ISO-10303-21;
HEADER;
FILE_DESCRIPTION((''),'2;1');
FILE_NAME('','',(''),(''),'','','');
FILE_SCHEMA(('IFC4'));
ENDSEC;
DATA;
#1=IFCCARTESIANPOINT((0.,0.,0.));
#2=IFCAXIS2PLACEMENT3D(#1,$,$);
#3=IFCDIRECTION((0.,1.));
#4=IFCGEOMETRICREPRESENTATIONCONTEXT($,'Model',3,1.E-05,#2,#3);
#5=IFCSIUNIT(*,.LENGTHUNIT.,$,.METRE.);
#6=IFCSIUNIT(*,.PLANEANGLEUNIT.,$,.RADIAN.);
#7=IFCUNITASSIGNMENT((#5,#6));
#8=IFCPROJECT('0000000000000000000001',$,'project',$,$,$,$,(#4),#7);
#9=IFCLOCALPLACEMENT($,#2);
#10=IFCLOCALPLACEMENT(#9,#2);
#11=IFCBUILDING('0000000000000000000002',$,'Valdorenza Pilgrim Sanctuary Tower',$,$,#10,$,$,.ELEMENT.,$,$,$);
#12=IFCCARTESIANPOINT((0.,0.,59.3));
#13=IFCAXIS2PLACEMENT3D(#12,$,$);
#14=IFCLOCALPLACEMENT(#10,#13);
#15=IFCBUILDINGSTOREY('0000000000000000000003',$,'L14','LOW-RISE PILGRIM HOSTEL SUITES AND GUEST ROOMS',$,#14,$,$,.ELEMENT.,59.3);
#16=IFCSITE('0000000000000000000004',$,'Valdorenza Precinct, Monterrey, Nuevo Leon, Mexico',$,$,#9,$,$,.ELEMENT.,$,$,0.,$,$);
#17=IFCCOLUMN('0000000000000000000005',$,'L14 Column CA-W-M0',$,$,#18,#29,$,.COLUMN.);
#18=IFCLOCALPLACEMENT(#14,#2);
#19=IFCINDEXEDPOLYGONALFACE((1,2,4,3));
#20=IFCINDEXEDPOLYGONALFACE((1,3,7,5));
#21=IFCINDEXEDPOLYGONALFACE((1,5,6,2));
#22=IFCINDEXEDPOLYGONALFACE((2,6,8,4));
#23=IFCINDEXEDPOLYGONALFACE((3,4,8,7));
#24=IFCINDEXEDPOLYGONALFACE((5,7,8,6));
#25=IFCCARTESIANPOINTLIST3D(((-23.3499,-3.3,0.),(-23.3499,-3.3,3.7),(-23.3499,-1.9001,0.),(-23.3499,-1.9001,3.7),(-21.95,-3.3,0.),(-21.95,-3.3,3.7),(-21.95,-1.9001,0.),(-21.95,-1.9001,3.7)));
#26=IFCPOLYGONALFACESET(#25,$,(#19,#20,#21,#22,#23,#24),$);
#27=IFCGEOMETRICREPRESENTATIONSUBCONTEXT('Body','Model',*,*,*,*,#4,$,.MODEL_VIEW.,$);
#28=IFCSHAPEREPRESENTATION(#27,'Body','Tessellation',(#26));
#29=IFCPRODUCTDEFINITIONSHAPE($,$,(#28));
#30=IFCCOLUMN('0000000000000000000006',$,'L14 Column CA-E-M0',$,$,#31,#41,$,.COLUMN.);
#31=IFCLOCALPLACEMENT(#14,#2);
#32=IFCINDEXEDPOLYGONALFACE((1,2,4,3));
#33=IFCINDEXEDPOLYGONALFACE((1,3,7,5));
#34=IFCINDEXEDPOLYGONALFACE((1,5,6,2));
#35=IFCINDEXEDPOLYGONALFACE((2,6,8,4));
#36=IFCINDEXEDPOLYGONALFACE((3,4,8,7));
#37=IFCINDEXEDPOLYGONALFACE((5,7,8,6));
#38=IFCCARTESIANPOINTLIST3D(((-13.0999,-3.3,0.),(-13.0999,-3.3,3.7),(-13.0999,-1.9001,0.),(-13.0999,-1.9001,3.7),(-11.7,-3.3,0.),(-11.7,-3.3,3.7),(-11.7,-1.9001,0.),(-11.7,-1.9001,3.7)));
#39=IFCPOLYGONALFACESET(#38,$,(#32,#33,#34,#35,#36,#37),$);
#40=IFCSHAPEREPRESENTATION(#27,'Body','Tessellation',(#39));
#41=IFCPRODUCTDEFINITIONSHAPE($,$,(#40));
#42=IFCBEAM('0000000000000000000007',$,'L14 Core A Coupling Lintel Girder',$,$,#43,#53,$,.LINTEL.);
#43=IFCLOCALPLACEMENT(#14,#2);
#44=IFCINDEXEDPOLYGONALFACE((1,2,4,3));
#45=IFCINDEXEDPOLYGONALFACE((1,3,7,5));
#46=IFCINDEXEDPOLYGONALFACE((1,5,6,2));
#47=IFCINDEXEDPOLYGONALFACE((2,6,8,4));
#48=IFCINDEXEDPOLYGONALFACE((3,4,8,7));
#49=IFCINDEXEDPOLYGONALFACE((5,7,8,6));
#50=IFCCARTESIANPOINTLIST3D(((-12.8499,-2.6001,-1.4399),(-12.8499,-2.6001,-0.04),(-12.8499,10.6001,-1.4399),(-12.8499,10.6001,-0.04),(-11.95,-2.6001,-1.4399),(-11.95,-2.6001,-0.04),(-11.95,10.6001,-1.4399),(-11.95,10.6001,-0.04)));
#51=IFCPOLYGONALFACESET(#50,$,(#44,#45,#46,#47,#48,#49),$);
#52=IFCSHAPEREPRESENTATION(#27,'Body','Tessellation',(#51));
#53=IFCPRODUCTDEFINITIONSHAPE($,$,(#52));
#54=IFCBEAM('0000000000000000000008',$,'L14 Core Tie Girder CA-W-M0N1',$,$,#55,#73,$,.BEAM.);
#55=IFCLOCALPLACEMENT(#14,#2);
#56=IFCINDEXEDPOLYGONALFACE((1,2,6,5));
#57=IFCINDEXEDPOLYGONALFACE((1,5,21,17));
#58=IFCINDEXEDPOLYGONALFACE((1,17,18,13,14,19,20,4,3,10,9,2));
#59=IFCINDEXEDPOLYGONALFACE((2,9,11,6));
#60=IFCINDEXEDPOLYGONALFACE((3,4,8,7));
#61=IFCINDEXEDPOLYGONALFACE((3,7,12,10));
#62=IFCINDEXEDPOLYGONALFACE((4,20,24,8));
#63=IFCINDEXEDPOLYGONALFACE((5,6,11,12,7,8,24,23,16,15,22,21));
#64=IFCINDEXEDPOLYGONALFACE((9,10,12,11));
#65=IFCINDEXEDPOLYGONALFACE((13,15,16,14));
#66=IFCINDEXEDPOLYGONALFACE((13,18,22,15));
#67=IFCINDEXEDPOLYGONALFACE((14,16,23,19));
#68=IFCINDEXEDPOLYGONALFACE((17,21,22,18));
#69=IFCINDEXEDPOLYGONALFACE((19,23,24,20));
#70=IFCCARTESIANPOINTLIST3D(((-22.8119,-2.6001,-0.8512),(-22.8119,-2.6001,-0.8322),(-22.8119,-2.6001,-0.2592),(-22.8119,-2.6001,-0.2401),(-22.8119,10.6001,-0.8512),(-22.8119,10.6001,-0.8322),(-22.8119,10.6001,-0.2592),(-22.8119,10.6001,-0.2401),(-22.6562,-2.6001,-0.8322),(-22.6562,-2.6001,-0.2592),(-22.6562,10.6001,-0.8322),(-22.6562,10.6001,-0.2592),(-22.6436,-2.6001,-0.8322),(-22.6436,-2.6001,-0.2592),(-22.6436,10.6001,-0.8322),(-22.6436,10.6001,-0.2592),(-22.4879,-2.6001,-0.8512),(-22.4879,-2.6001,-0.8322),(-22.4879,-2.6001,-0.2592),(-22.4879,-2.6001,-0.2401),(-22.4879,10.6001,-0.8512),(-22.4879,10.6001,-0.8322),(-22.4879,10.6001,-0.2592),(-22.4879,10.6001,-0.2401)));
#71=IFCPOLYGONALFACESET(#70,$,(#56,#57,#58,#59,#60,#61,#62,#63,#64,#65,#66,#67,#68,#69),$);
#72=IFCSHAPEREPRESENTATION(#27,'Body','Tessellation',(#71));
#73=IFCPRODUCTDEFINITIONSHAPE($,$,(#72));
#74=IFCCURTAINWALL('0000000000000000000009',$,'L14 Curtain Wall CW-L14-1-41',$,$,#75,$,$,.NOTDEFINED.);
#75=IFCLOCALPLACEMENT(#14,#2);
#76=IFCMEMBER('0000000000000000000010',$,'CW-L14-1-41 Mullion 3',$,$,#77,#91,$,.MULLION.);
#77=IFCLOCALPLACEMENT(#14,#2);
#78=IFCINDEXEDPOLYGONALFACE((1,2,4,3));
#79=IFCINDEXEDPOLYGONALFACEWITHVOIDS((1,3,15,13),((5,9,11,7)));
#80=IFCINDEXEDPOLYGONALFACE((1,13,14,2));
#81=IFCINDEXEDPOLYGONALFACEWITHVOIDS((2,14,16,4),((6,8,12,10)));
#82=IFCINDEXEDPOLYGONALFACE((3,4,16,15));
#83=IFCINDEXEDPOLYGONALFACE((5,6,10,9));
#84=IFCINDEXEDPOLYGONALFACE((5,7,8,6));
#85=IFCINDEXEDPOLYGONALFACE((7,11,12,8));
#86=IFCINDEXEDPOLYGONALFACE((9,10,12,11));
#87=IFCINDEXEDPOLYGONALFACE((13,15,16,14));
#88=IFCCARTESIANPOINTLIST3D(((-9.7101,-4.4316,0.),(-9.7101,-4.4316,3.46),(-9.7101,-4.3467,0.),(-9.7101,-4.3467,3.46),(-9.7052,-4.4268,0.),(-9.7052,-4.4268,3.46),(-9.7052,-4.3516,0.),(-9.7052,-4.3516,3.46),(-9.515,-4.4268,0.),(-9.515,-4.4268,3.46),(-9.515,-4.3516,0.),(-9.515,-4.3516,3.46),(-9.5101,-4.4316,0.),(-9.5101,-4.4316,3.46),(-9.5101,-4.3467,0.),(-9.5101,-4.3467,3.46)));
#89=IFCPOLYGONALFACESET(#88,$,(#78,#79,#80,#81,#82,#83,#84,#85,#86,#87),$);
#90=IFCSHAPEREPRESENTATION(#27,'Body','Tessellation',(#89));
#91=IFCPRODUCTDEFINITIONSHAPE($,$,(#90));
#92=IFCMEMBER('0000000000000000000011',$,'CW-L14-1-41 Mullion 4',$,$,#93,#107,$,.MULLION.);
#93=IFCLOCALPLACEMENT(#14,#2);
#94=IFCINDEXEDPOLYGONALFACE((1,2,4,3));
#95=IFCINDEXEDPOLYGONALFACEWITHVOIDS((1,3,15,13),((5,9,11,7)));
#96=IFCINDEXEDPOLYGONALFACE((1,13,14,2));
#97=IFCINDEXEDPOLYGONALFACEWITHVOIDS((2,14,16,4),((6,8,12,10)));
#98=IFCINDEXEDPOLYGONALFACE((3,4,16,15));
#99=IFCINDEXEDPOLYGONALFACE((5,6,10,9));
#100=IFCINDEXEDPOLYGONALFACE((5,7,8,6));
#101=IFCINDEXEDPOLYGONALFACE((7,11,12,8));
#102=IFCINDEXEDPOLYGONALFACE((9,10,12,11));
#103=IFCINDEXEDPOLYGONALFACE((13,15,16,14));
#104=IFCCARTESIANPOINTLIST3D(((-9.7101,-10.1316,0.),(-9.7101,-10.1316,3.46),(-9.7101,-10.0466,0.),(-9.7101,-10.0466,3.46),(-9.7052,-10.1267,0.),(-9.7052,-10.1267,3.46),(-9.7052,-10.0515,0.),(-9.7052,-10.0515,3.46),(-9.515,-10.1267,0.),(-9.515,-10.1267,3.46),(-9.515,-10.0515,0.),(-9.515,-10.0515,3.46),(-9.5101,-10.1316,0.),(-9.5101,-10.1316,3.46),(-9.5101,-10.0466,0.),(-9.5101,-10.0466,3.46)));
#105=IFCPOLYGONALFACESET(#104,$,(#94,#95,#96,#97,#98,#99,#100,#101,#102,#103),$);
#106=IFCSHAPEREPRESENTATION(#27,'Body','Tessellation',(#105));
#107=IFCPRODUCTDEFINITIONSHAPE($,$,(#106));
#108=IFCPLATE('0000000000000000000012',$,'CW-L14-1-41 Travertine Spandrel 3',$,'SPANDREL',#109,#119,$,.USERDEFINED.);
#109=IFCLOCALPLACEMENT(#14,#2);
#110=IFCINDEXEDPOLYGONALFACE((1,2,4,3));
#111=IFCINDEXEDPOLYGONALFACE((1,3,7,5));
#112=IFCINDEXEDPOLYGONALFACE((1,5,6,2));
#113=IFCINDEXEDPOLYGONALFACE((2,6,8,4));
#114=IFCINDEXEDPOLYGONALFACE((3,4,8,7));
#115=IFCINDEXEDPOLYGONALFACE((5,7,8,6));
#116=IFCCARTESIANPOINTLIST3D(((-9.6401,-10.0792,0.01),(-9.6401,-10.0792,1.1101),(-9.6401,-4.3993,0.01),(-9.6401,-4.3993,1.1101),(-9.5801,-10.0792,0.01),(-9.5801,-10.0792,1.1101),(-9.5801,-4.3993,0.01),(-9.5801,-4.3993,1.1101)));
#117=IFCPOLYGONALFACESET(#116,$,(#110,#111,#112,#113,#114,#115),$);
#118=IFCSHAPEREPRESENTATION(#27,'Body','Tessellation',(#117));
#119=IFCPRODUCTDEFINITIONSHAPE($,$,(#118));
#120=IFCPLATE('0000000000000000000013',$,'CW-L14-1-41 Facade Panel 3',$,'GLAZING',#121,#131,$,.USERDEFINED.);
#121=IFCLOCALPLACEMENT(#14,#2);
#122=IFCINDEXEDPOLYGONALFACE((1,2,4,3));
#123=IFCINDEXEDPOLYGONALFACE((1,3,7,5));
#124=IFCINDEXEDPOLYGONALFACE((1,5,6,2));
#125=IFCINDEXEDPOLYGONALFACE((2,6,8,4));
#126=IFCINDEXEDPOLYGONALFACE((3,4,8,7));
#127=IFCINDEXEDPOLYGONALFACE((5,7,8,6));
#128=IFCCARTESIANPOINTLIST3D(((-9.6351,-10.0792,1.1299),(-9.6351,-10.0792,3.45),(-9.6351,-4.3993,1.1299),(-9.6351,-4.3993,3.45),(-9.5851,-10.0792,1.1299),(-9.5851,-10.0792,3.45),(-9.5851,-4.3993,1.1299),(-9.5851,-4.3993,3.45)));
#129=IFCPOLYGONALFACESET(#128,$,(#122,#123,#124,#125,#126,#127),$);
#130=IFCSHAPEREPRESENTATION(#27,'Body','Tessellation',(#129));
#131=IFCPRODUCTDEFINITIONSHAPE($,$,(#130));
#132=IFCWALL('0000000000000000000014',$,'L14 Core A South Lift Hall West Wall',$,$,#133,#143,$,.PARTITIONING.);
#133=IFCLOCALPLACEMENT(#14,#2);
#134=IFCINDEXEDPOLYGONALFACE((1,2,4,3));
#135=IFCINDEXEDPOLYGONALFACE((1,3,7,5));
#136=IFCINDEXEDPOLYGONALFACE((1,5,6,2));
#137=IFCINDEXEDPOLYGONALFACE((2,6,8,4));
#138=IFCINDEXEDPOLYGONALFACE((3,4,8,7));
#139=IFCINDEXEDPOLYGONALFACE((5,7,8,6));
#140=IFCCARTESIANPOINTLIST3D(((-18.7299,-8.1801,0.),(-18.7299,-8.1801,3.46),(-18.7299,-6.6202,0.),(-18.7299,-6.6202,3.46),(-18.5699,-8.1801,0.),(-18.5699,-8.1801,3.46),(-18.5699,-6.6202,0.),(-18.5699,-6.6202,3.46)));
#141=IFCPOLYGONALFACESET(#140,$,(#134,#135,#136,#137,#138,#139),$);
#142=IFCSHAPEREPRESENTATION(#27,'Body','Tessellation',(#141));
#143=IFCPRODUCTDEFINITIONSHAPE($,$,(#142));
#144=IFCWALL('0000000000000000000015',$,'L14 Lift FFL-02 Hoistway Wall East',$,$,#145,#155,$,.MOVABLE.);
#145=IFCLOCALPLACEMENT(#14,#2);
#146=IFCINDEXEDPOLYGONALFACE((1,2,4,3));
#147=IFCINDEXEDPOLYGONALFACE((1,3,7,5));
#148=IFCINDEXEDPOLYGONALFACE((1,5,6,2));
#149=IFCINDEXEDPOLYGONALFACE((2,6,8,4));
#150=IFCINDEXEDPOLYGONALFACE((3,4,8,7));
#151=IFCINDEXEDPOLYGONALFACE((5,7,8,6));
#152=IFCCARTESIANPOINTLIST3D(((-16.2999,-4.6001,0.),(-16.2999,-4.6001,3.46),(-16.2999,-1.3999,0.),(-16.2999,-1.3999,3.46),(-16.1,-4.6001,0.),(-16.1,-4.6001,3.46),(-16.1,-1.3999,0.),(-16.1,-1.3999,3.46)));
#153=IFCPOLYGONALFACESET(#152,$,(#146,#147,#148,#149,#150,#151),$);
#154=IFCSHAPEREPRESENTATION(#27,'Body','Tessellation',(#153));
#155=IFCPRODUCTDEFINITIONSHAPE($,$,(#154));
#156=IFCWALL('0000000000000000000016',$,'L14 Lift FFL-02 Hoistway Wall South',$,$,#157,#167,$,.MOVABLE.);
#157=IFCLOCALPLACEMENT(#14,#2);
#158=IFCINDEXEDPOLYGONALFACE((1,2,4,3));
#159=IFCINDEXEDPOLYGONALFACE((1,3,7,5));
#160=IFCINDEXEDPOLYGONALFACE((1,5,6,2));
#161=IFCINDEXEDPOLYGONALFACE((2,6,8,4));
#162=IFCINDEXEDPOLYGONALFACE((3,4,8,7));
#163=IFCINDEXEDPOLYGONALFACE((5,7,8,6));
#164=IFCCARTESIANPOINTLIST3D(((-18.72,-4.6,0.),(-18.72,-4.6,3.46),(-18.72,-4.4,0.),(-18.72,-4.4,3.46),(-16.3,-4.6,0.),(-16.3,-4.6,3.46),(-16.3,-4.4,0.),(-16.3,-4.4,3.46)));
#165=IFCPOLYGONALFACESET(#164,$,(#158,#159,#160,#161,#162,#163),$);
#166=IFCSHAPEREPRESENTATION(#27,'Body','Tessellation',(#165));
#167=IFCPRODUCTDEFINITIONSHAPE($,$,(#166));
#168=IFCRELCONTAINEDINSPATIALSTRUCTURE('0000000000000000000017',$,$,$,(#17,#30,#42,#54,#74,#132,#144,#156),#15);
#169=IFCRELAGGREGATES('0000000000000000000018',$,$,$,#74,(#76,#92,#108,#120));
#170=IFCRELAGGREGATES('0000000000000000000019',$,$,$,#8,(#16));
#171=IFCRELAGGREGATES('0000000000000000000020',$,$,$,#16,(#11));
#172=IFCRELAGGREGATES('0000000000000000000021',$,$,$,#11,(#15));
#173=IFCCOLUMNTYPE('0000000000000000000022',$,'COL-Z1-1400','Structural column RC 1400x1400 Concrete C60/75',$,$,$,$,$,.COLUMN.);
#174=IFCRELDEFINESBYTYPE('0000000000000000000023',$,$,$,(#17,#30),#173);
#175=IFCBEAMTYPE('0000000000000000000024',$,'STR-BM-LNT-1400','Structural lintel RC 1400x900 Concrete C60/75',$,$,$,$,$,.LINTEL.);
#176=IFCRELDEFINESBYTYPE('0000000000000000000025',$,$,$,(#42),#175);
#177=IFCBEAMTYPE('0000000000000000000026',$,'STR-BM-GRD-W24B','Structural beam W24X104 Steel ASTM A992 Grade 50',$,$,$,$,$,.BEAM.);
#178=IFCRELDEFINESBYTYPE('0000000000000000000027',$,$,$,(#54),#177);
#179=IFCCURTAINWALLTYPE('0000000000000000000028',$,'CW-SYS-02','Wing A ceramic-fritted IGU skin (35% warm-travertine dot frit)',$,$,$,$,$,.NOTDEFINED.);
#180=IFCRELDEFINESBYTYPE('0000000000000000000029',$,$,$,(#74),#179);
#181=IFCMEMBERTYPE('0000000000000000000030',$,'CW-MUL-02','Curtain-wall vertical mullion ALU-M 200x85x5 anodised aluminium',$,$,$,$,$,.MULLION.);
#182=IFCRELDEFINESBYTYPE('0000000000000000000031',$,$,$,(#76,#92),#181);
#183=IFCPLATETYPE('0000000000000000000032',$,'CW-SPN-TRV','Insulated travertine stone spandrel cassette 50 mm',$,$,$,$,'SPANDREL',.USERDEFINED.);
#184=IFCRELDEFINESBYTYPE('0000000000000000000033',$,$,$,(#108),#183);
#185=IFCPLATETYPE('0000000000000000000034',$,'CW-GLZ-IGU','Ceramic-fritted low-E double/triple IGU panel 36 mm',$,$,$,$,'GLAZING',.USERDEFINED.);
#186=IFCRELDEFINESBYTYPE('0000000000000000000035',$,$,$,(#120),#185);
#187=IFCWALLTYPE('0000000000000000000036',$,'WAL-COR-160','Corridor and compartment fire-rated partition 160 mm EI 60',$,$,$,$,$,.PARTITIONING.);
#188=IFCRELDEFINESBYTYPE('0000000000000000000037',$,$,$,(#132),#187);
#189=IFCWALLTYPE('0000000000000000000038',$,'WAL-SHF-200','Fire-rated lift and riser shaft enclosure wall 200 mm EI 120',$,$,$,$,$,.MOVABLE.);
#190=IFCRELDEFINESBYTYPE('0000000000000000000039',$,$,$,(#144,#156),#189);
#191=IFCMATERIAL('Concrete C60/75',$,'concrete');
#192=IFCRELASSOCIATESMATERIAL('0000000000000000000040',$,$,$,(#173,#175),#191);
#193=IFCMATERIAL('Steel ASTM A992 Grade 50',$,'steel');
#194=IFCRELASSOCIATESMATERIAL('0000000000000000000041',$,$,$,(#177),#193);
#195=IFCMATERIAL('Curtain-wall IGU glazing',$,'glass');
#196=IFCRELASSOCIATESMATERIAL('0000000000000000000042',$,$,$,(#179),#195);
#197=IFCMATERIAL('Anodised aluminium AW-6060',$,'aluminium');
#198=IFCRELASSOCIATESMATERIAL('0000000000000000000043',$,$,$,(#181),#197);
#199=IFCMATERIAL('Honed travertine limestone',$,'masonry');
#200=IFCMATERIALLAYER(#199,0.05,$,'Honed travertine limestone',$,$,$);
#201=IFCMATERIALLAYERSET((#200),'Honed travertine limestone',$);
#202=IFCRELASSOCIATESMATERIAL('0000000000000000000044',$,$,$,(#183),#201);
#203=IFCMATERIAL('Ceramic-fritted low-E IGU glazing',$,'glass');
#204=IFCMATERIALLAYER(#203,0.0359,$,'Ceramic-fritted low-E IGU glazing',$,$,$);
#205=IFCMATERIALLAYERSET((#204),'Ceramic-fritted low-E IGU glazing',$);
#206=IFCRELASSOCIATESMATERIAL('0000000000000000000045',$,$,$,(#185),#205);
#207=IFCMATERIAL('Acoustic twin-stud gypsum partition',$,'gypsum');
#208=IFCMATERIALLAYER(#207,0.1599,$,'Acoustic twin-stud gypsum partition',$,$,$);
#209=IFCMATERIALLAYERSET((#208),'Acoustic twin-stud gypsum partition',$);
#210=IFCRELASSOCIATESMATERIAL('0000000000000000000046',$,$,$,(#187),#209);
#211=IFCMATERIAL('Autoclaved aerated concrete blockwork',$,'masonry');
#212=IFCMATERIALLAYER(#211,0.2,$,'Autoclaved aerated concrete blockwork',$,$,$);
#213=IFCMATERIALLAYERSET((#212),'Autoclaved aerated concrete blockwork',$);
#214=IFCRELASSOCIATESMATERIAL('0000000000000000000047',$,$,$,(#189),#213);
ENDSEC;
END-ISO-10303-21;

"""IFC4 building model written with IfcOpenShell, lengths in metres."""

from ifc_helpers import new_model, si_unit, direction, frame, frame_2d, origin, origin_2d, place, context, subcontext, project, spatial, rectangle, hollow_rectangle, i_section, extrude, source, transform, mapped, material, layer, layer_set, material_profile, profile_set, type_object, element, aggregate, save


model = new_model("IFC4")

# Units and contexts
model_context = context("Model", 3, precision=1e-05, world=origin(), true_north=direction((0.0, 1.0)))
body_context = subcontext(model_context, "Body", "Model", "MODEL_VIEW")
ifc_project = project(units=[si_unit("LENGTHUNIT", "METRE"), si_unit("PLANEANGLEUNIT", "RADIAN")], contexts=[model_context])

# Site, building, storey
site_placement = place(None, origin())
site = spatial("IfcSite", under=ifc_project, at=site_placement, Name="Valdorenza Precinct, Monterrey, Nuevo Leon, Mexico", CompositionType="ELEMENT", RefElevation=0.0)
building_placement = place(site_placement, origin())
building = spatial("IfcBuilding", under=site, at=building_placement, Name="Valdorenza Pilgrim Sanctuary Tower", CompositionType="ELEMENT")
storey_placement = place(building_placement, frame((0.0, 0.0, 59.3)))
storey = spatial("IfcBuildingStorey", under=building, at=storey_placement, Name="L14", Description="LOW-RISE PILGRIM HOSTEL SUITES AND GUEST ROOMS", CompositionType="ELEMENT", Elevation=59.3)

# Columns
ifc_material_1 = material(Name="Concrete C60/75", Category="concrete")
ifc_material_profile_1 = material_profile(ifc_material_1, rectangle(XDim=1.3999, YDim=1.3999, at=origin_2d()), Name="RC 1400x1400")
ifc_profile_set_1 = profile_set([ifc_material_profile_1], Name="Concrete C60/75")
column_type = type_object("IfcColumnType", Name="COL-Z1-1400", Description="Structural column RC 1400x1400 Concrete C60/75", PredefinedType="COLUMN", material=ifc_profile_set_1)
shared_shape_1 = source(origin(), body_context, "Body", "SweptSolid", [
    extrude(rectangle(XDim=1.3999, YDim=1.3999, at=origin_2d()), origin(), (0.0, 0.0, 1.0), 3.7),
])
for number, where, z_axis, x_axis, name in (
    (1, (-22.6499, -2.6001, 0.0), (0.0, 0.0, 1.0), (1.0, 0.0, 0.0), "L14 Column CA-W-M0"),
    (2, (-12.3999, -2.6001, 0.0), (0.0, 0.0, 1.0), (1.0, 0.0, 0.0), "L14 Column CA-E-M0"),
):
    element("IfcColumn", number, at=place(storey_placement, frame(where, z_axis=z_axis, x_axis=x_axis)), inside=storey, type_object=column_type, Name=name, PredefinedType="COLUMN", context=body_context, shape_type="MappedRepresentation", body=[
        mapped(shared_shape_1, transform((0.0, 0.0, 0.0), x_axis=(1.0, 0.0, 0.0), y_axis=(0.0, 1.0, 0.0), z_axis=(0.0, 0.0, 1.0), scale=1.0)),
    ])

# Beams
ifc_material_profile_2 = material_profile(ifc_material_1, rectangle(XDim=0.8999, YDim=1.3999, at=origin_2d()), Name="RC 1400x900")
ifc_profile_set_2 = profile_set([ifc_material_profile_2], Name="Concrete C60/75")
beam_type_1 = type_object("IfcBeamType", Name="STR-BM-LNT-1400", Description="Structural lintel RC 1400x900 Concrete C60/75", PredefinedType="LINTEL", material=ifc_profile_set_2)
shared_shape_2 = source(origin(), body_context, "Body", "SweptSolid", [
    extrude(rectangle(XDim=0.8999, YDim=1.3999, at=origin_2d()), origin(), (0.0, 0.0, 1.0), 13.2002),
])
beam_1_placement = place(storey_placement, frame((-12.3999, -2.6001, -0.74), z_axis=(0.0, 1.0, 0.0), x_axis=(-1.0, 0.0, 0.0)))
element("IfcBeam", 3, at=beam_1_placement, inside=storey, type_object=beam_type_1, Name="L14 Core A Coupling Lintel Girder", PredefinedType="LINTEL", context=body_context, shape_type="MappedRepresentation", body=[
    mapped(shared_shape_2, transform((0.0, 0.0, 0.0), x_axis=(1.0, 0.0, 0.0), y_axis=(0.0, 1.0, 0.0), z_axis=(0.0, 0.0, 1.0), scale=1.0)),
])
ifc_material_2 = material(Name="Steel ASTM A992 Grade 50", Category="steel")
ifc_material_profile_3 = material_profile(ifc_material_2, i_section(OverallWidth=0.324, OverallDepth=0.6111, WebThickness=0.0127, FlangeThickness=0.019, at=origin_2d()), Name="W24X104")
ifc_profile_set_3 = profile_set([ifc_material_profile_3], Name="Steel ASTM A992 Grade 50")
beam_type_2 = type_object("IfcBeamType", Name="STR-BM-GRD-W24B", Description="Structural beam W24X104 Steel ASTM A992 Grade 50", PredefinedType="BEAM", material=ifc_profile_set_3)
shared_shape_3 = source(origin(), body_context, "Body", "SweptSolid", [
    extrude(i_section(OverallWidth=0.324, OverallDepth=0.6111, WebThickness=0.0127, FlangeThickness=0.019, at=origin_2d()), origin(), (0.0, 0.0, 1.0), 13.2002),
])
beam_2_placement = place(storey_placement, frame((-22.6499, -2.6001, -0.5457), z_axis=(0.0, 1.0, 0.0), x_axis=(-1.0, 0.0, 0.0)))
element("IfcBeam", 4, at=beam_2_placement, inside=storey, type_object=beam_type_2, Name="L14 Core Tie Girder CA-W-M0N1", PredefinedType="BEAM", context=body_context, shape_type="MappedRepresentation", body=[
    mapped(shared_shape_3, transform((0.0, 0.0, 0.0), x_axis=(1.0, 0.0, 0.0), y_axis=(0.0, 1.0, 0.0), z_axis=(0.0, 0.0, 1.0), scale=1.0)),
])

# Curtain wall, members, plates
ifc_material_3 = material(Name="Curtain-wall IGU glazing", Category="glass")
curtain_wall_type = type_object("IfcCurtainWallType", Name="CW-SYS-02", Description="Wing A ceramic-fritted IGU skin (35% warm-travertine dot frit)", PredefinedType="NOTDEFINED", material=ifc_material_3)
curtain_wall_placement = place(storey_placement, origin())
curtain_wall = element("IfcCurtainWall", 5, at=curtain_wall_placement, inside=storey, type_object=curtain_wall_type, Name="L14 Curtain Wall CW-L14-1-41", PredefinedType="NOTDEFINED")
ifc_material_4 = material(Name="Anodised aluminium AW-6060", Category="aluminium")
ifc_material_profile_4 = material_profile(ifc_material_4, hollow_rectangle(XDim=0.085, YDim=0.2, WallThickness=0.0049, at=origin_2d()), Name="ALU-M 200x85x5")
ifc_profile_set_4 = profile_set([ifc_material_profile_4], Name="Anodised aluminium AW-6060")
member_type = type_object("IfcMemberType", Name="CW-MUL-02", Description="Curtain-wall vertical mullion ALU-M 200x85x5 anodised aluminium", PredefinedType="MULLION", material=ifc_profile_set_4)
shared_shape_4 = source(origin(), body_context, "Body", "SweptSolid", [
    extrude(hollow_rectangle(XDim=0.085, YDim=0.2, WallThickness=0.0049, at=origin_2d()), origin(), (0.0, 0.0, 1.0), 3.46),
])
member_1_placement = place(storey_placement, frame((-9.6101, -4.3892, 0.0), z_axis=(0.0, 0.0, 1.0), x_axis=(0.0, -1.0, 0.0)))
member_1 = element("IfcMember", 6, at=member_1_placement, type_object=member_type, Name="CW-L14-1-41 Mullion 3", PredefinedType="MULLION", context=body_context, shape_type="MappedRepresentation", body=[
    mapped(shared_shape_4, transform((0.0, 0.0, 0.0), x_axis=(1.0, 0.0, 0.0), y_axis=(0.0, 1.0, 0.0), z_axis=(0.0, 0.0, 1.0), scale=1.0)),
])
member_2_placement = place(storey_placement, frame((-9.6101, -10.0891, 0.0), z_axis=(0.0, 0.0, 1.0), x_axis=(0.0, -1.0, 0.0)))
member_2 = element("IfcMember", 7, at=member_2_placement, type_object=member_type, Name="CW-L14-1-41 Mullion 4", PredefinedType="MULLION", context=body_context, shape_type="MappedRepresentation", body=[
    mapped(shared_shape_4, transform((0.0, 0.0, 0.0), x_axis=(1.0, 0.0, 0.0), y_axis=(0.0, 1.0, 0.0), z_axis=(0.0, 0.0, 1.0), scale=1.0)),
])
ifc_material_5 = material(Name="Honed travertine limestone", Category="masonry")
ifc_layer_1 = layer(ifc_material_5, 0.05, Name="Honed travertine limestone")
ifc_layer_set_1 = layer_set([ifc_layer_1], Name="Honed travertine limestone")
plate_type_1 = type_object("IfcPlateType", Name="CW-SPN-TRV", Description="Insulated travertine stone spandrel cassette 50 mm", ElementType="SPANDREL", PredefinedType="USERDEFINED", material=ifc_layer_set_1)
shared_shape_5 = source(origin(), body_context, "Body", "SweptSolid", [
    extrude(rectangle(XDim=5.6799, YDim=0.0601, at=origin_2d()), origin(), (0.0, 0.0, 1.0), 1.1001),
])
plate_1_placement = place(storey_placement, frame((-9.6101, -7.2393, 0.01), z_axis=(0.0, 0.0, 1.0), x_axis=(0.0, -1.0, 0.0)))
plate_1 = element("IfcPlate", 8, at=plate_1_placement, type_object=plate_type_1, Name="CW-L14-1-41 Travertine Spandrel 3", ObjectType="SPANDREL", PredefinedType="USERDEFINED", context=body_context, shape_type="MappedRepresentation", body=[
    mapped(shared_shape_5, transform((0.0, 0.0, 0.0), x_axis=(1.0, 0.0, 0.0), y_axis=(0.0, 1.0, 0.0), z_axis=(0.0, 0.0, 1.0), scale=1.0)),
])
ifc_material_6 = material(Name="Ceramic-fritted low-E IGU glazing", Category="glass")
ifc_layer_2 = layer(ifc_material_6, 0.0359, Name="Ceramic-fritted low-E IGU glazing")
ifc_layer_set_2 = layer_set([ifc_layer_2], Name="Ceramic-fritted low-E IGU glazing")
plate_type_2 = type_object("IfcPlateType", Name="CW-GLZ-IGU", Description="Ceramic-fritted low-E double/triple IGU panel 36 mm", ElementType="GLAZING", PredefinedType="USERDEFINED", material=ifc_layer_set_2)
shared_shape_6 = source(origin(), body_context, "Body", "SweptSolid", [
    extrude(rectangle(XDim=5.6799, YDim=0.05, at=origin_2d()), origin(), (0.0, 0.0, 1.0), 2.3201),
])
plate_2_placement = place(storey_placement, frame((-9.6101, -7.2393, 1.1299), z_axis=(0.0, 0.0, 1.0), x_axis=(0.0, -1.0, 0.0)))
plate_2 = element("IfcPlate", 9, at=plate_2_placement, type_object=plate_type_2, Name="CW-L14-1-41 Facade Panel 3", ObjectType="GLAZING", PredefinedType="USERDEFINED", context=body_context, shape_type="MappedRepresentation", body=[
    mapped(shared_shape_6, transform((0.0, 0.0, 0.0), x_axis=(1.0, 0.0, 0.0), y_axis=(0.0, 1.0, 0.0), z_axis=(0.0, 0.0, 1.0), scale=1.0)),
])
aggregate(curtain_wall, [member_1, member_2, plate_1, plate_2])

# Walls
ifc_material_7 = material(Name="Acoustic twin-stud gypsum partition", Category="gypsum")
ifc_layer_3 = layer(ifc_material_7, 0.1599, Name="Acoustic twin-stud gypsum partition")
ifc_layer_set_3 = layer_set([ifc_layer_3], Name="Acoustic twin-stud gypsum partition")
wall_type_1 = type_object("IfcWallType", Name="WAL-COR-160", Description="Corridor and compartment fire-rated partition 160 mm EI 60", PredefinedType="PARTITIONING", material=ifc_layer_set_3)
wall_1_placement = place(storey_placement, frame((-18.6499, -8.1799, 0.0), z_axis=(0.0, 0.0, 1.0), x_axis=(0.0, 1.0, 0.0)))
element("IfcWall", 10, at=wall_1_placement, inside=storey, type_object=wall_type_1, Name="L14 Core A South Lift Hall West Wall", PredefinedType="PARTITIONING", context=body_context, shape_type="SweptSolid", body=[
    extrude(rectangle(XDim=1.5598, YDim=0.1599, at=frame_2d((0.7798, 0.0))), origin(), (0.0, 0.0, 1.0), 3.46),
])
ifc_material_8 = material(Name="Autoclaved aerated concrete blockwork", Category="masonry")
ifc_layer_4 = layer(ifc_material_8, 0.2, Name="Autoclaved aerated concrete blockwork")
ifc_layer_set_4 = layer_set([ifc_layer_4], Name="Autoclaved aerated concrete blockwork")
wall_type_2 = type_object("IfcWallType", Name="WAL-SHF-200", Description="Fire-rated lift and riser shaft enclosure wall 200 mm EI 120", PredefinedType="MOVABLE", material=ifc_layer_set_4)
wall_2_placement = place(storey_placement, frame((-16.2, -4.6001, 0.0), z_axis=(0.0, 0.0, 1.0), x_axis=(0.0, 1.0, 0.0)))
element("IfcWall", 11, at=wall_2_placement, inside=storey, type_object=wall_type_2, Name="L14 Lift FFL-02 Hoistway Wall East", PredefinedType="MOVABLE", context=body_context, shape_type="SweptSolid", body=[
    extrude(rectangle(XDim=3.2002, YDim=0.2, at=frame_2d((1.6001, 0.0))), origin(), (0.0, 0.0, 1.0), 3.46),
])
wall_3_placement = place(storey_placement, frame((-18.72, -4.5, 0.0), z_axis=(0.0, 0.0, 1.0), x_axis=(1.0, 0.0, 0.0)))
element("IfcWall", 12, at=wall_3_placement, inside=storey, type_object=wall_type_2, Name="L14 Lift FFL-02 Hoistway Wall South", PredefinedType="MOVABLE", context=body_context, shape_type="SweptSolid", body=[
    extrude(rectangle(XDim=2.4199, YDim=0.2, at=frame_2d((1.21, 0.0))), origin(), (0.0, 0.0, 1.0), 3.46),
])

save(model, "model.ifc")
